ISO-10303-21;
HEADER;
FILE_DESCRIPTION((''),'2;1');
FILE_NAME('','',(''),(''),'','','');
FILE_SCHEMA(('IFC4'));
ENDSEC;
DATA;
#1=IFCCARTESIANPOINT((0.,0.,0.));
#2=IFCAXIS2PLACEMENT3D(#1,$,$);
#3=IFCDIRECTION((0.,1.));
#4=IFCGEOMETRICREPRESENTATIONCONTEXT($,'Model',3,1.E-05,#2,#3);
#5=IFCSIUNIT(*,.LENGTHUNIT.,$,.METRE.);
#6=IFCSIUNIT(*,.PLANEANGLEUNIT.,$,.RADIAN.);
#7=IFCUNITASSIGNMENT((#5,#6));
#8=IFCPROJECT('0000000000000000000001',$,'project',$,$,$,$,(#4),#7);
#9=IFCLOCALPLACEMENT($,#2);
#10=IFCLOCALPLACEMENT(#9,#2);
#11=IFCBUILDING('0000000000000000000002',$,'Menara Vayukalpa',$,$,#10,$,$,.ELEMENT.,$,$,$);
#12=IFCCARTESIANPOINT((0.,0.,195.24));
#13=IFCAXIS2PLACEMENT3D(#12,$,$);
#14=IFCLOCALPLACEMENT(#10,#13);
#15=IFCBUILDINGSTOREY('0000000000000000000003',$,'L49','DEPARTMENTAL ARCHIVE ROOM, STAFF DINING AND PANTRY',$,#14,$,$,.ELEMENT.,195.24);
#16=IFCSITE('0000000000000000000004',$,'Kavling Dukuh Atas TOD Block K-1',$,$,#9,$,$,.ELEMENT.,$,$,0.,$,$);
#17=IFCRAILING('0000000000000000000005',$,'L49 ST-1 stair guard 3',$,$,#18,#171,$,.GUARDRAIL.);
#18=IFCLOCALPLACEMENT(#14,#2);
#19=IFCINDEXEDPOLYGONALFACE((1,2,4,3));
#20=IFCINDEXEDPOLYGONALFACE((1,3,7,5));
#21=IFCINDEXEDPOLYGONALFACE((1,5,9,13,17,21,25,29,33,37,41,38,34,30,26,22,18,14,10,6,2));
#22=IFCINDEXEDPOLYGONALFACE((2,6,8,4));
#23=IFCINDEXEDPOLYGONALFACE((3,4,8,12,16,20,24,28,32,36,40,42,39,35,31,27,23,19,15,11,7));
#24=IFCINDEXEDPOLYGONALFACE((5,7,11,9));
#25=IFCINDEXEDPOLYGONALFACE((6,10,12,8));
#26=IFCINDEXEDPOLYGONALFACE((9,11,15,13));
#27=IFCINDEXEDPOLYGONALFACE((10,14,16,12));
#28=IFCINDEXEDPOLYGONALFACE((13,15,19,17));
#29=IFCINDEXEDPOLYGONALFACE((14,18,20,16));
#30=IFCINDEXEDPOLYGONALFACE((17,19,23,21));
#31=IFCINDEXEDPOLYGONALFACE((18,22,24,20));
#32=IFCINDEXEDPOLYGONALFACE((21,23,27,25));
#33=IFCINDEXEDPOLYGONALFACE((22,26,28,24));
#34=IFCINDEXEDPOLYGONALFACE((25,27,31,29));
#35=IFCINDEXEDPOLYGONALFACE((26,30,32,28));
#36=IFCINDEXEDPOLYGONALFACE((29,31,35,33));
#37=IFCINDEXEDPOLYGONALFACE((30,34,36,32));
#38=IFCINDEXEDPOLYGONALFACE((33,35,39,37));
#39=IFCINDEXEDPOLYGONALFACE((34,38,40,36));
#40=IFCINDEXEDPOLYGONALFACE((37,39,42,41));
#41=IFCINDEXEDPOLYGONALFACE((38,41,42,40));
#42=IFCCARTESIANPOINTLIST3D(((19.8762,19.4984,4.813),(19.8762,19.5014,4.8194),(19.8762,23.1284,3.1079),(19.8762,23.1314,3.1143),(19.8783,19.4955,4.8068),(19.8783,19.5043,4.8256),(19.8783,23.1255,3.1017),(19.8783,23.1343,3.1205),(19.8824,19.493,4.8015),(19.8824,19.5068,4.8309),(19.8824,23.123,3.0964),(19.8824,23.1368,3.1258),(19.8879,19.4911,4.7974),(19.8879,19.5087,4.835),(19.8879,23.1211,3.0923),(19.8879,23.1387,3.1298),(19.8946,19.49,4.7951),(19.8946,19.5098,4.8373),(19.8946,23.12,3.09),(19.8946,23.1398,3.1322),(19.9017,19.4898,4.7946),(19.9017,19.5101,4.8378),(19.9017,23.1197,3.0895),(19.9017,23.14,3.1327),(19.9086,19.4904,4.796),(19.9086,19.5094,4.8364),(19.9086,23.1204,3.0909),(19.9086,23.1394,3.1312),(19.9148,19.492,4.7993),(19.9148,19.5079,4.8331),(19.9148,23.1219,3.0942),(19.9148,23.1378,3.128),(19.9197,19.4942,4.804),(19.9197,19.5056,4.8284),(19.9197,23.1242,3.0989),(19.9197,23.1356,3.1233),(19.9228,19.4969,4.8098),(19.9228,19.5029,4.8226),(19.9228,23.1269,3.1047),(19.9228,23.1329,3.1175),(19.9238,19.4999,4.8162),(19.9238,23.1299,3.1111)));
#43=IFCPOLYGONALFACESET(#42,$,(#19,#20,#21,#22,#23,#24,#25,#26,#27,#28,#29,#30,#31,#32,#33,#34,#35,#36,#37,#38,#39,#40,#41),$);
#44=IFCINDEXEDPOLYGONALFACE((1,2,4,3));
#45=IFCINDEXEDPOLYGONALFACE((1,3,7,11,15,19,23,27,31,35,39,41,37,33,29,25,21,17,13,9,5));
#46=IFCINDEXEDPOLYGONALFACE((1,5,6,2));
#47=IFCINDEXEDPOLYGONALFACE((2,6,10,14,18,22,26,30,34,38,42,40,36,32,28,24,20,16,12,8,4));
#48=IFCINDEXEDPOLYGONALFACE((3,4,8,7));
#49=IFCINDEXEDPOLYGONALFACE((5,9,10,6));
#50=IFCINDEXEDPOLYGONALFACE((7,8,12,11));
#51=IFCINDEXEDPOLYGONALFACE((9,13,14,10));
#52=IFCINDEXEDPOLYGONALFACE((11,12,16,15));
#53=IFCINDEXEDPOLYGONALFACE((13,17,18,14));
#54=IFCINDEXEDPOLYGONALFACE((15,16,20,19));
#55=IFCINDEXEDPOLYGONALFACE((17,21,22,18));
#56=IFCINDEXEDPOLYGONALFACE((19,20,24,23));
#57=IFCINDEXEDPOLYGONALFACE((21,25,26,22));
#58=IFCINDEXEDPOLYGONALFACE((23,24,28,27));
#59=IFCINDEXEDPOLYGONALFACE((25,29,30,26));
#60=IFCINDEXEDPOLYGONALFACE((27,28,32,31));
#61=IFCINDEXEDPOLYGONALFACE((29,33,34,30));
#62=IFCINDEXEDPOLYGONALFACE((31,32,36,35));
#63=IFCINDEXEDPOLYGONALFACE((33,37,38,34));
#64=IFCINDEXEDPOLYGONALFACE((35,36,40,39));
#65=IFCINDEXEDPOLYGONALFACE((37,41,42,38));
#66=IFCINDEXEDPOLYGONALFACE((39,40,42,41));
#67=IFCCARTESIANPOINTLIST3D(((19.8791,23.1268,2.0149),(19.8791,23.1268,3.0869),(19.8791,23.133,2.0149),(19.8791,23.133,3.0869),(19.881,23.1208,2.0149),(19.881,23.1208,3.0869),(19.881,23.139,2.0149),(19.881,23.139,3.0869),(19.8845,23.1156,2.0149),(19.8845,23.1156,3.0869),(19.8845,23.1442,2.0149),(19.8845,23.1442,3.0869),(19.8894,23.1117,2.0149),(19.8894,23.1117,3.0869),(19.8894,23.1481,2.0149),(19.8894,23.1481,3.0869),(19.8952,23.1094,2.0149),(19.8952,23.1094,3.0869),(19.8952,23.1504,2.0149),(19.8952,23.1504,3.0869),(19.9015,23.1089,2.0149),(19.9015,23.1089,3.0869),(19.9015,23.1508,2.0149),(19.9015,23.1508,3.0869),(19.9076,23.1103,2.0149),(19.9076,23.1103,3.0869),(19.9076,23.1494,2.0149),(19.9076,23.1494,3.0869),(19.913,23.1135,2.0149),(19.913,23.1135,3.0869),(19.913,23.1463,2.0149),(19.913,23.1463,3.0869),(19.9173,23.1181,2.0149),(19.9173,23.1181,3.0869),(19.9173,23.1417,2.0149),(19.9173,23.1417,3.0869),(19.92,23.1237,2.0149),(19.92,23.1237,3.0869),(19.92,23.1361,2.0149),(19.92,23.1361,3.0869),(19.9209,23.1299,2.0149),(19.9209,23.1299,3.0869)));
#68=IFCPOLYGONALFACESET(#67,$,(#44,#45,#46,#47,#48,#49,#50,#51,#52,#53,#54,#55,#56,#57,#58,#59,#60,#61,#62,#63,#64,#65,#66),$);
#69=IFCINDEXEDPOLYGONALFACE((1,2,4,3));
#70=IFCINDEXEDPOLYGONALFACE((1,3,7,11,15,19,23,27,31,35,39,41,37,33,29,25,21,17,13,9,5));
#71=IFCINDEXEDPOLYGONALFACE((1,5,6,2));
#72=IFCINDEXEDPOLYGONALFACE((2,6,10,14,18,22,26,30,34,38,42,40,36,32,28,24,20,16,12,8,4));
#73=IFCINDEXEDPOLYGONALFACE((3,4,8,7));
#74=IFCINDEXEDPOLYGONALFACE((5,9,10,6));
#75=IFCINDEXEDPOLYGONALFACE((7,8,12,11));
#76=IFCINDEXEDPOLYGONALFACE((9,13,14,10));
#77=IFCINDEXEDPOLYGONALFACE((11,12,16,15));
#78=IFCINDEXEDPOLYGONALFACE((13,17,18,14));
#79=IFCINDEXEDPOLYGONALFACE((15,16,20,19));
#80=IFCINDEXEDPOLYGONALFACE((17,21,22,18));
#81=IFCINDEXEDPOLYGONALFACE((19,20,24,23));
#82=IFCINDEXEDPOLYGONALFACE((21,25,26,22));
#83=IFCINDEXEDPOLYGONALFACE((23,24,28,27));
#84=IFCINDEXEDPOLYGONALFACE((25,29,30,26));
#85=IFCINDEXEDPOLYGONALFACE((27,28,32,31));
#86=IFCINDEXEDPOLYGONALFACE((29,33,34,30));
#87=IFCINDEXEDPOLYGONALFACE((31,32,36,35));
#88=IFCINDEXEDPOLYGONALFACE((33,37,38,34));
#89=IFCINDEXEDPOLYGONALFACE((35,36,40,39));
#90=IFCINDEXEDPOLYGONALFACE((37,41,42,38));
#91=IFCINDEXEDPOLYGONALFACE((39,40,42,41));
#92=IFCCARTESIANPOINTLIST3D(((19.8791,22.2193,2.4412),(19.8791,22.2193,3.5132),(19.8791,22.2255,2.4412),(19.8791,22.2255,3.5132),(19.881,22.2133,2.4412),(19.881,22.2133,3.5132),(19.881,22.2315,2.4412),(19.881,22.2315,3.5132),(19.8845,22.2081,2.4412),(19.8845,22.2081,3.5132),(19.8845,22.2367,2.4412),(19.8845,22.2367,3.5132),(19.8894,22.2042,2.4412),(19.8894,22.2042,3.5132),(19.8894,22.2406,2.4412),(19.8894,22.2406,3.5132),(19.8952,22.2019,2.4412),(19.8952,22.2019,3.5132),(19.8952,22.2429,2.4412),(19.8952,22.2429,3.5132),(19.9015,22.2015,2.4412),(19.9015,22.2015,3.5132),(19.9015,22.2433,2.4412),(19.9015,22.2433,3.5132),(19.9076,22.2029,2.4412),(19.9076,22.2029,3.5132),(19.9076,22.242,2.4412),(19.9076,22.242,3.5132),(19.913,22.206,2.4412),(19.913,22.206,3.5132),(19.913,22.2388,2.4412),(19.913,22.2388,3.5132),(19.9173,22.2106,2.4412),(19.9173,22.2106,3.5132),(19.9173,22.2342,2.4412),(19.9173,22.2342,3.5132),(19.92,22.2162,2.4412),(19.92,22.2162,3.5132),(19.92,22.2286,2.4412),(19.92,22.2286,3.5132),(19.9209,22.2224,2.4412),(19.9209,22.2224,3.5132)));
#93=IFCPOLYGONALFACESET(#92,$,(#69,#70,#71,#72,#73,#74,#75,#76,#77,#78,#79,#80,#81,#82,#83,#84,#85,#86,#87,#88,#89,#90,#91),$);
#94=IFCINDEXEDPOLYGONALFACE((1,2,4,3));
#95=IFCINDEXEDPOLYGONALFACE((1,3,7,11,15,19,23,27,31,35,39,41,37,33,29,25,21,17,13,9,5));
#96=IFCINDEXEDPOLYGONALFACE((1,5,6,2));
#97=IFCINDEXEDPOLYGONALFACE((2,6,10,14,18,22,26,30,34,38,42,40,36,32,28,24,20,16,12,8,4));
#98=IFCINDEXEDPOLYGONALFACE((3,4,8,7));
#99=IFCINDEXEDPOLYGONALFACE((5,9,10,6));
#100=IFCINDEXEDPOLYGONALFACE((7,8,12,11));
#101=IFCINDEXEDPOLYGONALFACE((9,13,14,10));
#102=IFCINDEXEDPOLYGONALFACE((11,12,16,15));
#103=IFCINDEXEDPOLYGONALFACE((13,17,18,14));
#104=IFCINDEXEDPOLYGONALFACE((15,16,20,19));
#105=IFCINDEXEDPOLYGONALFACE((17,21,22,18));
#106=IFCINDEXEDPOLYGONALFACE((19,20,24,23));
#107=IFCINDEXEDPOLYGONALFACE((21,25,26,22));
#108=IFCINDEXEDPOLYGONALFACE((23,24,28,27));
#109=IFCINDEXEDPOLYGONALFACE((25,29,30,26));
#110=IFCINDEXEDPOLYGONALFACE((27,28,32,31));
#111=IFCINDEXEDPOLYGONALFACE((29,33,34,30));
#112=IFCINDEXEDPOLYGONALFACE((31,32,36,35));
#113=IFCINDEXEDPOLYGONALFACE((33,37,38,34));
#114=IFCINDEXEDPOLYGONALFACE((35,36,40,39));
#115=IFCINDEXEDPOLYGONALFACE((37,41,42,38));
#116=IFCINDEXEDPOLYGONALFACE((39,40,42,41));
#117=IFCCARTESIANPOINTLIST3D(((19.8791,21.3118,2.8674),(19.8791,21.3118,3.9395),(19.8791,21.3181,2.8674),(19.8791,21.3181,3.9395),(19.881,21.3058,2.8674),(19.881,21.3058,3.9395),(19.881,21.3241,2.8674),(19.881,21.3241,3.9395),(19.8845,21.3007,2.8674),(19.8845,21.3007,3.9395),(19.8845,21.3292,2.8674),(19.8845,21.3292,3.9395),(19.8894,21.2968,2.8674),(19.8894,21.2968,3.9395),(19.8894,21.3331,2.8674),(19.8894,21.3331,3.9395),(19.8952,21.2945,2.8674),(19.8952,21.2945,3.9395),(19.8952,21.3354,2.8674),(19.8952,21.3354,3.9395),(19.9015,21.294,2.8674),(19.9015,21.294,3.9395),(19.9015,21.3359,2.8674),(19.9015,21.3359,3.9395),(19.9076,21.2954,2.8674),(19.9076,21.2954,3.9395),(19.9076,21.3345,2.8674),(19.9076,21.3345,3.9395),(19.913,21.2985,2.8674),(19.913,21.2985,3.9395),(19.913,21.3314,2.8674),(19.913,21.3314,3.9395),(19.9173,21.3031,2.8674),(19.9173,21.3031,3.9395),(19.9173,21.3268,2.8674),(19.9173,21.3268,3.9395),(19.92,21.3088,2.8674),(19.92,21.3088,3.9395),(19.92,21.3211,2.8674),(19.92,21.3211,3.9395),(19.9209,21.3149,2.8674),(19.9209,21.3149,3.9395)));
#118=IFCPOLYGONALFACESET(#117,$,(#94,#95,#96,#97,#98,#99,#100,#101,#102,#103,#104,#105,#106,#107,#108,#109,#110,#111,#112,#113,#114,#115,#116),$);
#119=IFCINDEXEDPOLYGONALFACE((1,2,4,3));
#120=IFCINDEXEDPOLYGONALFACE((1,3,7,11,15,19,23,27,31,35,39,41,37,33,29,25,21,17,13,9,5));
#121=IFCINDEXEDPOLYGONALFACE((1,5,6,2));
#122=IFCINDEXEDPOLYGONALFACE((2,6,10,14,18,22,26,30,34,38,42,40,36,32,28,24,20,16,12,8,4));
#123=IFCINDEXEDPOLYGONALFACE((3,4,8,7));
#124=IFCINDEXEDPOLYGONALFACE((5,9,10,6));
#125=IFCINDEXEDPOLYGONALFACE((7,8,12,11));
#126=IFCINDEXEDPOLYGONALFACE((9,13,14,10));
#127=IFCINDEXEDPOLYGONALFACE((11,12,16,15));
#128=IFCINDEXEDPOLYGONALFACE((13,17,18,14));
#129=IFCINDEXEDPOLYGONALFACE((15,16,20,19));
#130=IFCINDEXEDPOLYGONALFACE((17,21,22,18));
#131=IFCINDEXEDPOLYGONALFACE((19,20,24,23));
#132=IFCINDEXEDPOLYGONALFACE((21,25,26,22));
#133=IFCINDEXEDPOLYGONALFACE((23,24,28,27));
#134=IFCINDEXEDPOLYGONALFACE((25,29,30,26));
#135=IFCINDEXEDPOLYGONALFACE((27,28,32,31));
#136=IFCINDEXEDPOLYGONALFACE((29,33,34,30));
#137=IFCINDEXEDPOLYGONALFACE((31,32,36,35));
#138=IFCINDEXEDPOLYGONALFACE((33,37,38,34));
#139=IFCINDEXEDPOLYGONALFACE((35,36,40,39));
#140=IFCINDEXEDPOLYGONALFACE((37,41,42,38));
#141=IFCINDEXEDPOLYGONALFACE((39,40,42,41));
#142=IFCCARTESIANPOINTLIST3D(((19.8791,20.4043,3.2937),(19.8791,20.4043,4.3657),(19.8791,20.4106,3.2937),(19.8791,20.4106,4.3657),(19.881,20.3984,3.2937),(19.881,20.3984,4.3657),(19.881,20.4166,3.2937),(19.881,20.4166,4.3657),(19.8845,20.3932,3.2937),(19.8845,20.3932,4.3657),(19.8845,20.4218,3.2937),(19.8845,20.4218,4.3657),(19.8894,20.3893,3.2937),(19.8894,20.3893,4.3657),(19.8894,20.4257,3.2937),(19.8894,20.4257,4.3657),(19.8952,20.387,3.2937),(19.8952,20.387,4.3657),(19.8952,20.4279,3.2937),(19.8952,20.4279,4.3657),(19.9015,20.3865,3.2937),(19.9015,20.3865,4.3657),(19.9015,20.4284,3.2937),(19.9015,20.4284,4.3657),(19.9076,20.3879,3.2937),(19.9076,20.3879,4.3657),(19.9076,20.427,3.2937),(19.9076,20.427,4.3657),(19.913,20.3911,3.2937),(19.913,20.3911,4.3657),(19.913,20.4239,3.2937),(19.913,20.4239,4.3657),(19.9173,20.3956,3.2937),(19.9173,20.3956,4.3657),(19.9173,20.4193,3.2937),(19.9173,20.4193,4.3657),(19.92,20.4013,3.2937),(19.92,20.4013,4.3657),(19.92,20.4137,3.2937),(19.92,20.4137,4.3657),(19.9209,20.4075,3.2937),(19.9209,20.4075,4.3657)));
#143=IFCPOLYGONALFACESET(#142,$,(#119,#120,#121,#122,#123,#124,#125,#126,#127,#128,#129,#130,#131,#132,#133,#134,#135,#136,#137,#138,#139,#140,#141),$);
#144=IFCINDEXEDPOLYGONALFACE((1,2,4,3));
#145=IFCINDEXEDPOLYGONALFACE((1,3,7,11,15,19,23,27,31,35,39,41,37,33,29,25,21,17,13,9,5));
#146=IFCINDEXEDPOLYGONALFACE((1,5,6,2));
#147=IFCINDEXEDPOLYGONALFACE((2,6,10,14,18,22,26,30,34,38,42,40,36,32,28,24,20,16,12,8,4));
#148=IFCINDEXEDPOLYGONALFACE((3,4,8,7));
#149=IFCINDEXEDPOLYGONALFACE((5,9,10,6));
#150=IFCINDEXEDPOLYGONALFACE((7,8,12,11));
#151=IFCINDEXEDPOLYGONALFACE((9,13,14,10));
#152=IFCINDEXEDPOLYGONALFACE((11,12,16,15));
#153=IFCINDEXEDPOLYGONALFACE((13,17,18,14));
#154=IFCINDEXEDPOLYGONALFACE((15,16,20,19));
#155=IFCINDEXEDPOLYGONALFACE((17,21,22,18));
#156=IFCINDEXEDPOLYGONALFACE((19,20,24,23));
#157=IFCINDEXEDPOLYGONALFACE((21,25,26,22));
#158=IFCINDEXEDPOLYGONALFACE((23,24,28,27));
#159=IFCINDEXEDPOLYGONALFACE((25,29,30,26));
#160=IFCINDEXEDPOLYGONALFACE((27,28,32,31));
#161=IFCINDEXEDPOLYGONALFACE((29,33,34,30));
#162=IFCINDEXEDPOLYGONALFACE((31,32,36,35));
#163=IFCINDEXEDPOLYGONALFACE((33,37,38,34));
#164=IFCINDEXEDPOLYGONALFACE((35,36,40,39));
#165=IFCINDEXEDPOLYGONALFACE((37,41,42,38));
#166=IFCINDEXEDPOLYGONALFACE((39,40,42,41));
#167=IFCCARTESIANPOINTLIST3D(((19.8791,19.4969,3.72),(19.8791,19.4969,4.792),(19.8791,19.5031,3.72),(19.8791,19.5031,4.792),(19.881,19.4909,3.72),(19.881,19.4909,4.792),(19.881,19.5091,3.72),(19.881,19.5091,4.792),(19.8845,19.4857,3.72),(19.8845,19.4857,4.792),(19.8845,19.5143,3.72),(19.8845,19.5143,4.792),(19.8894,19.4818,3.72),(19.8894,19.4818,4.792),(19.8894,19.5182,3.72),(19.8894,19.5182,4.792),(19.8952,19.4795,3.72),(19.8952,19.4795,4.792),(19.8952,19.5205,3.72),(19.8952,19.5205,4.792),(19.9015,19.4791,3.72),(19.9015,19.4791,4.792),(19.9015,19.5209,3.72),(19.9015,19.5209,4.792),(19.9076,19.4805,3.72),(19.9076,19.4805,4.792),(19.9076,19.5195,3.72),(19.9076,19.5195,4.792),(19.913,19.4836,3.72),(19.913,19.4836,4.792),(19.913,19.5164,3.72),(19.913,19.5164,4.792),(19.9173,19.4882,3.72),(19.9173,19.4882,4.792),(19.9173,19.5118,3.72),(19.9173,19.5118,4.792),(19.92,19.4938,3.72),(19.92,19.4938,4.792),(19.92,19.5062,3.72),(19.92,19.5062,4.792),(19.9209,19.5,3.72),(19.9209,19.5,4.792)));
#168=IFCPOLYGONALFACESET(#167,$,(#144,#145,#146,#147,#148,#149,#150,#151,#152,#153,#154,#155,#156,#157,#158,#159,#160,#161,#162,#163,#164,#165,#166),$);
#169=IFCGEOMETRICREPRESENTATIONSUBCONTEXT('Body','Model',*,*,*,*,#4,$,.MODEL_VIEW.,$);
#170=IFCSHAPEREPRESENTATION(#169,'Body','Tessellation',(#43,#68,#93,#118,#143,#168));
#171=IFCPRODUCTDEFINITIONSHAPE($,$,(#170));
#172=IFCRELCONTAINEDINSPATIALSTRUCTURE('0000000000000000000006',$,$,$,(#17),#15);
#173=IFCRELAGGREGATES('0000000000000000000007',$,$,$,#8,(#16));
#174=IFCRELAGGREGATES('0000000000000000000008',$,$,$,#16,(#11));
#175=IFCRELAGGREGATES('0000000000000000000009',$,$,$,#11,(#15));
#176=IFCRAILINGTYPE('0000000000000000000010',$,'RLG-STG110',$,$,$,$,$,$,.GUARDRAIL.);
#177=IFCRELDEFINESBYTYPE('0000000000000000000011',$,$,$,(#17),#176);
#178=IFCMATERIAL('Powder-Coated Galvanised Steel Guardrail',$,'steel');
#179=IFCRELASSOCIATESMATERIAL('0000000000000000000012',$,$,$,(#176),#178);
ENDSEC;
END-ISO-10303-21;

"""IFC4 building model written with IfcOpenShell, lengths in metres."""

from ifc_helpers import new_model, si_unit, direction, frame, origin, origin_2d, place, context, subcontext, project, spatial, circle, extrude, material, type_object, element, save


model = new_model("IFC4")

# Units and contexts
model_context = context("Model", 3, precision=1e-05, world=origin(), true_north=direction((0.0, 1.0)))
body_context = subcontext(model_context, "Body", "Model", "MODEL_VIEW")
ifc_project = project(units=[si_unit("LENGTHUNIT", "METRE"), si_unit("PLANEANGLEUNIT", "RADIAN")], contexts=[model_context])

# Site, building, storey
site_placement = place(None, origin())
site = spatial("IfcSite", under=ifc_project, at=site_placement, Name="Kavling Dukuh Atas TOD Block K-1", CompositionType="ELEMENT", RefElevation=0.0)
building_placement = place(site_placement, origin())
building = spatial("IfcBuilding", under=site, at=building_placement, Name="Menara Vayukalpa", CompositionType="ELEMENT")
storey_placement = place(building_placement, frame((0.0, 0.0, 195.24)))
storey = spatial("IfcBuildingStorey", under=building, at=storey_placement, Name="L49", Description="DEPARTMENTAL ARCHIVE ROOM, STAFF DINING AND PANTRY", CompositionType="ELEMENT", Elevation=195.24)

# Railing
ifc_material_1 = material(Name="Powder-Coated Galvanised Steel Guardrail", Category="steel")
railing_type_1 = type_object("IfcRailingType", Name="RLG-STG110", PredefinedType="GUARDRAIL", material=ifc_material_1)
railing_1_placement = place(storey_placement, frame((19.8999, 23.1299, 2.0149)))
element("IfcRailing", 1, at=railing_1_placement, inside=storey, type_object=railing_type_1, Name="L49 ST-1 stair guard 3", PredefinedType="GUARDRAIL", context=body_context, shape_type="SweptSolid", body=[
    extrude(circle(Radius=0.0239, at=origin_2d()), frame((0.0, 0.0, 1.0962), z_axis=(0.0, -0.905116, 0.425164), x_axis=(1.0, 0.0, 0.0)), (0.0, 0.0, 1.0), 4.0105),
    extrude(circle(Radius=0.021, at=origin_2d()), origin(), (0.0, 0.0, 1.0), 1.072),
    extrude(circle(Radius=0.021, at=origin_2d()), frame((0.0, -0.9075, 0.4263)), (0.0, 0.0, 1.0), 1.072),
    extrude(circle(Radius=0.021, at=origin_2d()), frame((0.0, -1.8149, 0.8525)), (0.0, 0.0, 1.0), 1.072),
    extrude(circle(Radius=0.021, at=origin_2d()), frame((0.0, -2.7224, 1.2788)), (0.0, 0.0, 1.0), 1.072),
    extrude(circle(Radius=0.021, at=origin_2d()), frame((0.0, -3.6299, 1.7051)), (0.0, 0.0, 1.0), 1.072),
])

save(model, "model.ifc")
